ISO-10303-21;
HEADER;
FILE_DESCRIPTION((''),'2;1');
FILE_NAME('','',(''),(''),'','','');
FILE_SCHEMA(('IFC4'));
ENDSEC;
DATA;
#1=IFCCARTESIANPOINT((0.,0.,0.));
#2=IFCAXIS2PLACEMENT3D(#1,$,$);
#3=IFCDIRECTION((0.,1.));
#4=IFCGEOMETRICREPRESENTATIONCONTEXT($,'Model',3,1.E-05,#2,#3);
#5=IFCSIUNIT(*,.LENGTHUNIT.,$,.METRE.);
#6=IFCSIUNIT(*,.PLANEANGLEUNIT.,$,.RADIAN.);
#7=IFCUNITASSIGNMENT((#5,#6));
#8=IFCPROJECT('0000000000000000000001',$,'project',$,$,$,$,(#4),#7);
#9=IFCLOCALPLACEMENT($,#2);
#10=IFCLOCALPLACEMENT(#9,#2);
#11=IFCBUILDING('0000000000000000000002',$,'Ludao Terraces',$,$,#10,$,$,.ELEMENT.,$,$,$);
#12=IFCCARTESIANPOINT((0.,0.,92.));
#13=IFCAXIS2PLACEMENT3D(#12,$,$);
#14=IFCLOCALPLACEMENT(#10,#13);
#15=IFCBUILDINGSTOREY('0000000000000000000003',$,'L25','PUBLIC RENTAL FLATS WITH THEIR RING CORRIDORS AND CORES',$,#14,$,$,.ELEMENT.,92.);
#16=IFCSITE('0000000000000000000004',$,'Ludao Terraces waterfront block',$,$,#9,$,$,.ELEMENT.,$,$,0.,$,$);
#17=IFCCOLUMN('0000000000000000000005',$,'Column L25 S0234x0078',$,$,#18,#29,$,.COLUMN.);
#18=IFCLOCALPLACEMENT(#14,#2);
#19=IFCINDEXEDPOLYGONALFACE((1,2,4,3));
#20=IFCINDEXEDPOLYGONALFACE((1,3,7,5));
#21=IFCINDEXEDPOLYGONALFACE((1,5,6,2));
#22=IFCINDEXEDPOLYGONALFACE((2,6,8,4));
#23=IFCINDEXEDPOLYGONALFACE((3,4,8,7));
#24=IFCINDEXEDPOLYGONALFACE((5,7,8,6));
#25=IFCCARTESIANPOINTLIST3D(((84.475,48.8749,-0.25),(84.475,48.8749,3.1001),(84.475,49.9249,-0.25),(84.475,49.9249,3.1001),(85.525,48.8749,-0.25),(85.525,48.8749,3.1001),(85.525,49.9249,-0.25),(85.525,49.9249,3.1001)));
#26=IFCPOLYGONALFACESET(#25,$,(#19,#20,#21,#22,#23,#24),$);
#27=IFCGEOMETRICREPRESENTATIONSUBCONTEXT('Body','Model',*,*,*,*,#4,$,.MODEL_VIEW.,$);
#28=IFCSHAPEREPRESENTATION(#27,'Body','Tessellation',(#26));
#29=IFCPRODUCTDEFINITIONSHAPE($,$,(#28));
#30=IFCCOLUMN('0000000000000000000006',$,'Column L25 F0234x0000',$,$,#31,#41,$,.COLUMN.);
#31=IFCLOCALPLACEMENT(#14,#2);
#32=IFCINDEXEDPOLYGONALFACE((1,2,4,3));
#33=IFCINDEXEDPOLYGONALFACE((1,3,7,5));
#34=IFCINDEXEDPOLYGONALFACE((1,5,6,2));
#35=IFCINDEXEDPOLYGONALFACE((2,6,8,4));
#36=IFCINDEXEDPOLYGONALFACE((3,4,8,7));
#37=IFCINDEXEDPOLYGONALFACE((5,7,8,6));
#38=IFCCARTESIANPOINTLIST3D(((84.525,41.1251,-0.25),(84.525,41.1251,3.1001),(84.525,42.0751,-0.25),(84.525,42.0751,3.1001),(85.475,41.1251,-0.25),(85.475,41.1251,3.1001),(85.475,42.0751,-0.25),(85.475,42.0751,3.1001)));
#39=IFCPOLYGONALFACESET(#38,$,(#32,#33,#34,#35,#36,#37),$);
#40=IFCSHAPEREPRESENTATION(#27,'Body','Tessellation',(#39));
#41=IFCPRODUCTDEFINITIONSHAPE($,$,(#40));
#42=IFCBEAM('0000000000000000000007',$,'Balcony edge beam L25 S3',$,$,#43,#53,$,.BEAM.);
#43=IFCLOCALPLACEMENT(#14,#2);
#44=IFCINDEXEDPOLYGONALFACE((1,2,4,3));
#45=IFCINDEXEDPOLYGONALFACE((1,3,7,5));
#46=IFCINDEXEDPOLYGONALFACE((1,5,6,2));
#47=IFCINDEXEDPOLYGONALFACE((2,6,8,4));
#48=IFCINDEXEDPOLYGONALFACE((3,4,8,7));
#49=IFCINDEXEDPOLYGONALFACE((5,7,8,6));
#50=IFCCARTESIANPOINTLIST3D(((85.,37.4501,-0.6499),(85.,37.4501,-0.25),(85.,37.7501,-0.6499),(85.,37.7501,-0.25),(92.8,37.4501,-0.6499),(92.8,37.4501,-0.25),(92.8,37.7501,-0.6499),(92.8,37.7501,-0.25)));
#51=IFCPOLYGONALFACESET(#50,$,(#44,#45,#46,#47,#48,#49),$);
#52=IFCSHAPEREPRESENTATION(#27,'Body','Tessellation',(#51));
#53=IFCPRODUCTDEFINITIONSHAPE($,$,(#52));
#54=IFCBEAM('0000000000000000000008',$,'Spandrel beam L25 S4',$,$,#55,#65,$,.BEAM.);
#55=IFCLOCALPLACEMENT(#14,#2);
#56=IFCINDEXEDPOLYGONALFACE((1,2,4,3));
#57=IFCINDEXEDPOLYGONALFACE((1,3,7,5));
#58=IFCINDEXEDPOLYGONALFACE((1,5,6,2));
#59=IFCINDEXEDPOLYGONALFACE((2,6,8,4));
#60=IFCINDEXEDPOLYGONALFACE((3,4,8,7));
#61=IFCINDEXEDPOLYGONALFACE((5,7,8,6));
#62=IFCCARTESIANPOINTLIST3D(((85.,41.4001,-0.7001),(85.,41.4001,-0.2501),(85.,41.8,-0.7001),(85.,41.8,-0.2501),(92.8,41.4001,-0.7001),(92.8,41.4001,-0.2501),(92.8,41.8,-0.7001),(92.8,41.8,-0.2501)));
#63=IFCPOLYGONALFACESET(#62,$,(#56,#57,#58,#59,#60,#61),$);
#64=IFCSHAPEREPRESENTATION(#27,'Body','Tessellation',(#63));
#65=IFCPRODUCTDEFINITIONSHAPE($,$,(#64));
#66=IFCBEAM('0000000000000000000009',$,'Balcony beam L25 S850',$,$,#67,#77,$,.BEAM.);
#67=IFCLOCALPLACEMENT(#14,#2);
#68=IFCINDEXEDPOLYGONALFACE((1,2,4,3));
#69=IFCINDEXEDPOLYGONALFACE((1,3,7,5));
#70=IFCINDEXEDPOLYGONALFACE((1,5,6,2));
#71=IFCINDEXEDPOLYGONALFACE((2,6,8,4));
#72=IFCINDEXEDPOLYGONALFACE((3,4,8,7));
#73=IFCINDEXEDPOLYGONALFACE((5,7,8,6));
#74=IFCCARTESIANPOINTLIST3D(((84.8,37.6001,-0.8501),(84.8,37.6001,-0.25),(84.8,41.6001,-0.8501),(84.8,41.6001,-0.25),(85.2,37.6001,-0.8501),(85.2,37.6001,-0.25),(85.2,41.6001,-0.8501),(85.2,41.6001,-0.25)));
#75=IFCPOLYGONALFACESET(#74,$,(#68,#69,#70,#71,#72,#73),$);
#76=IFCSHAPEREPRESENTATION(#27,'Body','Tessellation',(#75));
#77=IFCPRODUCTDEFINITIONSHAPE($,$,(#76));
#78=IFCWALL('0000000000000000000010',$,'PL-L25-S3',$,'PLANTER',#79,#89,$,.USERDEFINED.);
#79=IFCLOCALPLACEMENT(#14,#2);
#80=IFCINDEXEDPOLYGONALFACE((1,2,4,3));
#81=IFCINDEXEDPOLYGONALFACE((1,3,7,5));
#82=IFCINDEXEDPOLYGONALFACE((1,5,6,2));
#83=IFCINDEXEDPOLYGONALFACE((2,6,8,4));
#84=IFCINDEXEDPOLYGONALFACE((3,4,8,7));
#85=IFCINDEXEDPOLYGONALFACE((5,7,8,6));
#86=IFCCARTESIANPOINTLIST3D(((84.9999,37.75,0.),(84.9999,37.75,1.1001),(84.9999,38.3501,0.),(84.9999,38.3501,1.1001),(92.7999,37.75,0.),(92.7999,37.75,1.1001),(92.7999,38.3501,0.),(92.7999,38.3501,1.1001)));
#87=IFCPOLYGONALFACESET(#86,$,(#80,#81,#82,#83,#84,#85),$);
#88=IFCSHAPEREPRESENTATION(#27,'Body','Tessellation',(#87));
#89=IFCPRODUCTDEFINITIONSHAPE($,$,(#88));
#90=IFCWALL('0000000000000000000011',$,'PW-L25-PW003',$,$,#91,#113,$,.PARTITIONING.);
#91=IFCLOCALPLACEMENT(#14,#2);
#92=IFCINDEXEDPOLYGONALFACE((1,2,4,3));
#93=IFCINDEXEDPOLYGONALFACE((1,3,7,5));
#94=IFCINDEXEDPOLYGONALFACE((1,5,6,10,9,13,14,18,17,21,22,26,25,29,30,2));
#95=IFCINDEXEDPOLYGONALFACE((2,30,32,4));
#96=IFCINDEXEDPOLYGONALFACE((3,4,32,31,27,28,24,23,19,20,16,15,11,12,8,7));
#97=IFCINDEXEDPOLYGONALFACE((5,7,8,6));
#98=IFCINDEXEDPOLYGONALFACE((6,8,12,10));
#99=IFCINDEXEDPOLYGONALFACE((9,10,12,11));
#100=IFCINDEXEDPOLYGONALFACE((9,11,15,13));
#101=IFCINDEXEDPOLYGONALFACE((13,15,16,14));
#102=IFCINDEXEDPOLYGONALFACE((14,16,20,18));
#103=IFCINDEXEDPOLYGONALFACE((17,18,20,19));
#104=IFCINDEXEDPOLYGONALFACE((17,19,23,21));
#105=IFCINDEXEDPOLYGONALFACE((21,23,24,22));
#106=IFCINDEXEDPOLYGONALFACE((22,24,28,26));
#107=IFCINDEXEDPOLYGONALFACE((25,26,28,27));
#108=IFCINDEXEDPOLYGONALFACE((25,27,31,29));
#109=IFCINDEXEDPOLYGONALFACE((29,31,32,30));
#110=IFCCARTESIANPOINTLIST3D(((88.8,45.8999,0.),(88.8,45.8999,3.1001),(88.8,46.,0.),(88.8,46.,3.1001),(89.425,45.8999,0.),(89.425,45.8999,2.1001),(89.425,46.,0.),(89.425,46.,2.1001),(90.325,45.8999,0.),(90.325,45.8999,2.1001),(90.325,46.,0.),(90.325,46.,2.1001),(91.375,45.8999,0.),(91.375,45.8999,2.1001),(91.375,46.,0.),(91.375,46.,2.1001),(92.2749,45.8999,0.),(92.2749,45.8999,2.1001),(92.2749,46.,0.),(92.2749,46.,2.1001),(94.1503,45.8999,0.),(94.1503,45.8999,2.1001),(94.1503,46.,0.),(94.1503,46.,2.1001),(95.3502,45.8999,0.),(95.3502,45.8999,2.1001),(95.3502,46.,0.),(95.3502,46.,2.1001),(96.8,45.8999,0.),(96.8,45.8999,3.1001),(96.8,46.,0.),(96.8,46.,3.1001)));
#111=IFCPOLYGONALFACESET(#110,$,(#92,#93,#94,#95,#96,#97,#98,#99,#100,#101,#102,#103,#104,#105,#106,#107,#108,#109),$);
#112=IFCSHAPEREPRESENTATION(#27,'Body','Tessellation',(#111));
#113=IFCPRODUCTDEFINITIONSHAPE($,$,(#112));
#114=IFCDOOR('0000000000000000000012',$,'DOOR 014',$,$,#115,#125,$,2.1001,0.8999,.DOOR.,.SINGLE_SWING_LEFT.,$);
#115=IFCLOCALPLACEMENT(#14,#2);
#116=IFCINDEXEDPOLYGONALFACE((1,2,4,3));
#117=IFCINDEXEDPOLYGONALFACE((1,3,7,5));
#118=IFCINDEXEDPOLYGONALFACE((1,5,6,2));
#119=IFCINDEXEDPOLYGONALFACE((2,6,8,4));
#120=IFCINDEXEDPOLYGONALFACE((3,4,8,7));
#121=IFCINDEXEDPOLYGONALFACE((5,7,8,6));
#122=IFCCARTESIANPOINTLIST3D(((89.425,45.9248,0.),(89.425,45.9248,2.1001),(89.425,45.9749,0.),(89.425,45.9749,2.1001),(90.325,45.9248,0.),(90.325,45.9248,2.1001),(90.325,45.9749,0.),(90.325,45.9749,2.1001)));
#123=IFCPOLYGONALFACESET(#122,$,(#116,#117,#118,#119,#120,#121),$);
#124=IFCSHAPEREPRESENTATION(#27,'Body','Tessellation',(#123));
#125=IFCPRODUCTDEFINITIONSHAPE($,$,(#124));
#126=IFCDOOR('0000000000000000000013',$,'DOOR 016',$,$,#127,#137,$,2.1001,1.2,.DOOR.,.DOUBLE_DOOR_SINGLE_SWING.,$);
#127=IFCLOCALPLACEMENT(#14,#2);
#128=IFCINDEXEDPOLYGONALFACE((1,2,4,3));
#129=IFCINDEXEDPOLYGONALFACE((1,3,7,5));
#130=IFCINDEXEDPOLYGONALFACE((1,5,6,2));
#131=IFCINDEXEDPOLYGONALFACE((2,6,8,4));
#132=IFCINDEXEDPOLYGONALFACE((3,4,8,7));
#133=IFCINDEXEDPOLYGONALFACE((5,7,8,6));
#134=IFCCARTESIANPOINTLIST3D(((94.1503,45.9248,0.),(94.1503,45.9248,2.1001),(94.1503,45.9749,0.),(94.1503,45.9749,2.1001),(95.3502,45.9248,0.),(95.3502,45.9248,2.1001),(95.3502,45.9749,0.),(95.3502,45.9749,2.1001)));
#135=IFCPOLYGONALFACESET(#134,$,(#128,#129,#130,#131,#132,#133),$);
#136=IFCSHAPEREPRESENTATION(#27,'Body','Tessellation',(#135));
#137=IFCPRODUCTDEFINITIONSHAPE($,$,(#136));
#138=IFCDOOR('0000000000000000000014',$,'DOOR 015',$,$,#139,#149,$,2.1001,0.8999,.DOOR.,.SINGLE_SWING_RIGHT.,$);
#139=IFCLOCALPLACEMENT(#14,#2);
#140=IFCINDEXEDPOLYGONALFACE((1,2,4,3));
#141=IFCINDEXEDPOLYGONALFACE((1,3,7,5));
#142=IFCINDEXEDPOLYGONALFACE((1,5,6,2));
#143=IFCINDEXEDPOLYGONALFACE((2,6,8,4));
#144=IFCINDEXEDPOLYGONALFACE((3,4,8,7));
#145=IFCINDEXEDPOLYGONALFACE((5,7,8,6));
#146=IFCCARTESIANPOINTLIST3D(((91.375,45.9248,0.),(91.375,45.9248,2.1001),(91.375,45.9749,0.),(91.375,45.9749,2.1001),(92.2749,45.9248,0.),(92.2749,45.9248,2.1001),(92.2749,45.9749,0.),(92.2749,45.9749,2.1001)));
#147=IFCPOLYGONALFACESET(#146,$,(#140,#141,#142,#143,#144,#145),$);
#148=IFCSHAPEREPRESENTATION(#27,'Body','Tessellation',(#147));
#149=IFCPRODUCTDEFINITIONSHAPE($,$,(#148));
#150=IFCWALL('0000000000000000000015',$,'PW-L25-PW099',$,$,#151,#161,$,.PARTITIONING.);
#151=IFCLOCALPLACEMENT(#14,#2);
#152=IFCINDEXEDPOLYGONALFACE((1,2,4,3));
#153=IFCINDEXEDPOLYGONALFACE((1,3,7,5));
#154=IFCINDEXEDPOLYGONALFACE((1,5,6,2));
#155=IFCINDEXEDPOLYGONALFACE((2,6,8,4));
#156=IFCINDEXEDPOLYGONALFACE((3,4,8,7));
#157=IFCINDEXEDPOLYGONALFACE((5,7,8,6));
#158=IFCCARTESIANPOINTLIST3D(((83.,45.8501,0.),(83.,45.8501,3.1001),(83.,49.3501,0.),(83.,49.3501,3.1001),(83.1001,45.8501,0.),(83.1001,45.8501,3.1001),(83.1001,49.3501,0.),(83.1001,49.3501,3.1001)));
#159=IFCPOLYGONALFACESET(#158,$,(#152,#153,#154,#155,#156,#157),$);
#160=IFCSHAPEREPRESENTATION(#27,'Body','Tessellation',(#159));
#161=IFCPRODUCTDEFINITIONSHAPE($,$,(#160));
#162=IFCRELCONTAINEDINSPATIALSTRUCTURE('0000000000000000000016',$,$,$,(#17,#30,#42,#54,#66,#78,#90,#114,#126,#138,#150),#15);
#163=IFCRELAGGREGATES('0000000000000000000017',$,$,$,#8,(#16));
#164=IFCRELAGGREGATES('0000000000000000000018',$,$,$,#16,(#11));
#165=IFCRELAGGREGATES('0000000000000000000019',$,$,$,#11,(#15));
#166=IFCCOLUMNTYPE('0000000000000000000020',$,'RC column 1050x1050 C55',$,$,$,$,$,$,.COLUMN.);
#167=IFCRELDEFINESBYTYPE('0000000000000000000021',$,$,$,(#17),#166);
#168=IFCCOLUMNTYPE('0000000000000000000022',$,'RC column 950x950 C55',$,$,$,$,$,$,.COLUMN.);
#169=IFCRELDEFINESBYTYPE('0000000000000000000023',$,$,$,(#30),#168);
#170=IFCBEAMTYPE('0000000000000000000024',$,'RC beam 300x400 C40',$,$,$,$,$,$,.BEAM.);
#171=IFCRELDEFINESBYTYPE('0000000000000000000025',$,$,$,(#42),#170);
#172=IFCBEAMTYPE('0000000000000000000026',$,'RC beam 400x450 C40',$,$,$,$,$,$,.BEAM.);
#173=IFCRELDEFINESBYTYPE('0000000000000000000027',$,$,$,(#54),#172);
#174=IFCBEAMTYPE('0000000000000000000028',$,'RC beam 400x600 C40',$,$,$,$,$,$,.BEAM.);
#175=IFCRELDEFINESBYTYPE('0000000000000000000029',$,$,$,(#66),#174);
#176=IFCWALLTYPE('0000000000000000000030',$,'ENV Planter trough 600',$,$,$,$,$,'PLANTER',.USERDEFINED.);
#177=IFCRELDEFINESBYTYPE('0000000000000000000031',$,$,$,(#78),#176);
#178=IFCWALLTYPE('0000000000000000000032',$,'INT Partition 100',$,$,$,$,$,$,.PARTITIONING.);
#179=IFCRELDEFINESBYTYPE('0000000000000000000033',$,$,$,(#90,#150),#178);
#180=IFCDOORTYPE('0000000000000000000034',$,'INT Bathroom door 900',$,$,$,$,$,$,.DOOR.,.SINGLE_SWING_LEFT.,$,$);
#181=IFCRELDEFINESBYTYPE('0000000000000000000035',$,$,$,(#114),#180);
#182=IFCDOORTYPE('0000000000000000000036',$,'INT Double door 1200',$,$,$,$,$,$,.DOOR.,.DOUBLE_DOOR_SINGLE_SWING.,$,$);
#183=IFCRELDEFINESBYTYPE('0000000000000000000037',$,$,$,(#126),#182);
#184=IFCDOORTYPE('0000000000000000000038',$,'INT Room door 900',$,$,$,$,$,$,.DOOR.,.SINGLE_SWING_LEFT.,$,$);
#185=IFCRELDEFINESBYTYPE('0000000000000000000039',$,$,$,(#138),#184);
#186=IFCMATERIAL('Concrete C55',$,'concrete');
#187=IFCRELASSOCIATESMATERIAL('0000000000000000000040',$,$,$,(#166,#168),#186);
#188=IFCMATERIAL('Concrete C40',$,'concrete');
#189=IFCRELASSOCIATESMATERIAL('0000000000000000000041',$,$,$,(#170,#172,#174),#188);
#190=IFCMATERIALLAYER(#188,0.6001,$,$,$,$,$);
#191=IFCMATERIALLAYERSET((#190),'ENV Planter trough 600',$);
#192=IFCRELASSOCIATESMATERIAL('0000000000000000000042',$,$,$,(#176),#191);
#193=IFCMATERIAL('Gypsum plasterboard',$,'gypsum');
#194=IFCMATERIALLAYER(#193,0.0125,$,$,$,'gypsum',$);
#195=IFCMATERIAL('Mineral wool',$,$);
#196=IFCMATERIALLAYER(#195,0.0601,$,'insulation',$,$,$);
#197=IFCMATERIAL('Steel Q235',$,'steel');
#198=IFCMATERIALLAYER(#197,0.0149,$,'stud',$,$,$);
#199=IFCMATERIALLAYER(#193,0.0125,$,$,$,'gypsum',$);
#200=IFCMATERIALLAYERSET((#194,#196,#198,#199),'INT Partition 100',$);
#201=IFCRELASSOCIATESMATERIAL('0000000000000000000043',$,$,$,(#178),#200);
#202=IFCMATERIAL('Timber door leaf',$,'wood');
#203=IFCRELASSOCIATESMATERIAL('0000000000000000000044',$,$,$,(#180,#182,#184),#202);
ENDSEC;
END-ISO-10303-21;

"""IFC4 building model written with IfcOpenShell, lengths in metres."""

from ifc_helpers import new_model, si_unit, direction, frame, frame_2d, origin, origin_2d, place, context, subcontext, project, spatial, rectangle, extrude, material, layer, layer_set, material_profile, profile_set, type_object, element, fill, save


model = new_model("IFC4")

# Units and contexts
model_context = context("Model", 3, precision=1e-05, world=origin(), true_north=direction((0.0, 1.0)))
body_context = subcontext(model_context, "Body", "Model", "MODEL_VIEW")
ifc_project = project(units=[si_unit("LENGTHUNIT", "METRE"), si_unit("PLANEANGLEUNIT", "RADIAN")], contexts=[model_context])

# Site, building, storey
site_placement = place(None, origin())
site = spatial("IfcSite", under=ifc_project, at=site_placement, Name="Ludao Terraces waterfront block", CompositionType="ELEMENT", RefElevation=0.0)
building_placement = place(site_placement, origin())
building = spatial("IfcBuilding", under=site, at=building_placement, Name="Ludao Terraces", CompositionType="ELEMENT")
storey_placement = place(building_placement, frame((0.0, 0.0, 92.0)))
storey = spatial("IfcBuildingStorey", under=building, at=storey_placement, Name="L25", Description="PUBLIC RENTAL FLATS WITH THEIR RING CORRIDORS AND CORES", CompositionType="ELEMENT", Elevation=92.0)

# Columns
ifc_material_1 = material(Name="Concrete C55", Category="concrete")
ifc_material_profile_1 = material_profile(ifc_material_1, rectangle(XDim=1.05, YDim=1.05, at=origin_2d()), Name="1050 X 1050")
ifc_profile_set_1 = profile_set([ifc_material_profile_1], Name="Concrete C55")
column_type_1 = type_object("IfcColumnType", Name="RC column 1050x1050 C55", PredefinedType="COLUMN", material=ifc_profile_set_1)
column_1_placement = place(storey_placement, frame((85.0, 49.3999, -0.25), z_axis=(0.0, 0.0, 1.0), x_axis=(1.0, 0.0, 0.0)))
element("IfcColumn", 1, at=column_1_placement, inside=storey, type_object=column_type_1, Name="Column L25 S0234x0078", PredefinedType="COLUMN", context=body_context, shape_type="SweptSolid", body=[
    extrude(rectangle(XDim=1.05, YDim=1.05, at=origin_2d()), origin(), (0.0, 0.0, 1.0), 3.3501),
])
ifc_material_profile_2 = material_profile(ifc_material_1, rectangle(XDim=0.95, YDim=0.95, at=origin_2d()), Name="950 X 950")
ifc_profile_set_2 = profile_set([ifc_material_profile_2], Name="Concrete C55")
column_type_2 = type_object("IfcColumnType", Name="RC column 950x950 C55", PredefinedType="COLUMN", material=ifc_profile_set_2)
column_2_placement = place(storey_placement, frame((85.0, 41.6001, -0.25), z_axis=(0.0, 0.0, 1.0), x_axis=(1.0, 0.0, 0.0)))
element("IfcColumn", 2, at=column_2_placement, inside=storey, type_object=column_type_2, Name="Column L25 F0234x0000", PredefinedType="COLUMN", context=body_context, shape_type="SweptSolid", body=[
    extrude(rectangle(XDim=0.95, YDim=0.95, at=origin_2d()), origin(), (0.0, 0.0, 1.0), 3.3501),
])

# Beams
ifc_material_2 = material(Name="Concrete C40", Category="concrete")
ifc_material_profile_3 = material_profile(ifc_material_2, rectangle(XDim=0.3, YDim=0.3999, at=origin_2d()), Name="300 X 400")
ifc_profile_set_3 = profile_set([ifc_material_profile_3], Name="Concrete C40")
beam_type_1 = type_object("IfcBeamType", Name="RC beam 300x400 C40", PredefinedType="BEAM", material=ifc_profile_set_3)
beam_1_placement = place(storey_placement, frame((85.0, 37.6001, -0.45), z_axis=(1.0, 0.0, 0.0), x_axis=(0.0, 1.0, 0.0)))
element("IfcBeam", 3, at=beam_1_placement, inside=storey, type_object=beam_type_1, Name="Balcony edge beam L25 S3", PredefinedType="BEAM", context=body_context, shape_type="SweptSolid", body=[
    extrude(rectangle(XDim=0.3, YDim=0.3999, at=origin_2d()), origin(), (0.0, 0.0, 1.0), 7.8),
])
ifc_material_profile_4 = material_profile(ifc_material_2, rectangle(XDim=0.3999, YDim=0.45, at=origin_2d()), Name="400 X 450")
ifc_profile_set_4 = profile_set([ifc_material_profile_4], Name="Concrete C40")
beam_type_2 = type_object("IfcBeamType", Name="RC beam 400x450 C40", PredefinedType="BEAM", material=ifc_profile_set_4)
beam_2_placement = place(storey_placement, frame((85.0, 41.6001, -0.4751), z_axis=(1.0, 0.0, 0.0), x_axis=(0.0, 1.0, 0.0)))
element("IfcBeam", 4, at=beam_2_placement, inside=storey, type_object=beam_type_2, Name="Spandrel beam L25 S4", PredefinedType="BEAM", context=body_context, shape_type="SweptSolid", body=[
    extrude(rectangle(XDim=0.3999, YDim=0.45, at=origin_2d()), origin(), (0.0, 0.0, 1.0), 7.8),
])
ifc_material_profile_5 = material_profile(ifc_material_2, rectangle(XDim=0.3999, YDim=0.6001, at=origin_2d()), Name="400 X 600")
ifc_profile_set_5 = profile_set([ifc_material_profile_5], Name="Concrete C40")
beam_type_3 = type_object("IfcBeamType", Name="RC beam 400x600 C40", PredefinedType="BEAM", material=ifc_profile_set_5)
beam_3_placement = place(storey_placement, frame((85.0, 41.6001, -0.55), z_axis=(0.0, -1.0, 0.0), x_axis=(1.0, 0.0, 0.0)))
element("IfcBeam", 5, at=beam_3_placement, inside=storey, type_object=beam_type_3, Name="Balcony beam L25 S850", PredefinedType="BEAM", context=body_context, shape_type="SweptSolid", body=[
    extrude(rectangle(XDim=0.3999, YDim=0.6001, at=origin_2d()), origin(), (0.0, 0.0, 1.0), 4.0),
])

# Wall
ifc_layer_1 = layer(ifc_material_2, 0.6001)
ifc_layer_set_1 = layer_set([ifc_layer_1], Name="ENV Planter trough 600")
wall_type_1 = type_object("IfcWallType", Name="ENV Planter trough 600", ElementType="PLANTER", PredefinedType="USERDEFINED", material=ifc_layer_set_1)
wall_1_placement = place(storey_placement, frame((85.0, 38.05, 0.0), z_axis=(0.0, 0.0, 1.0), x_axis=(1.0, 0.0, 0.0)))
element("IfcWall", 6, at=wall_1_placement, inside=storey, type_object=wall_type_1, Name="PL-L25-S3", ObjectType="PLANTER", PredefinedType="USERDEFINED", context=body_context, shape_type="SweptSolid", body=[
    extrude(rectangle(XDim=7.8, YDim=0.6001, at=frame_2d((3.8999, 0.0))), origin(), (0.0, 0.0, 1.0), 1.1001),
])

# Shared definitions
ifc_material_3 = material(Name="Mineral wool")

# Wall, openings, doors
ifc_material_4 = material(Name="Gypsum plasterboard", Category="gypsum")
ifc_layer_2 = layer(ifc_material_4, 0.0125, Category="gypsum")
ifc_layer_3 = layer(ifc_material_3, 0.0601, Name="insulation")
ifc_material_5 = material(Name="Steel Q235", Category="steel")
ifc_layer_4 = layer(ifc_material_5, 0.0149, Name="stud")
ifc_layer_5 = layer(ifc_material_4, 0.0125, Category="gypsum")
ifc_layer_set_2 = layer_set([ifc_layer_2, ifc_layer_3, ifc_layer_4, ifc_layer_5], Name="INT Partition 100")
wall_type_2 = type_object("IfcWallType", Name="INT Partition 100", PredefinedType="PARTITIONING", material=ifc_layer_set_2)
wall_2_placement = place(storey_placement, frame((88.8, 45.95, 0.0), z_axis=(0.0, 0.0, 1.0), x_axis=(1.0, 0.0, 0.0)))
wall_2 = element("IfcWall", 7, at=wall_2_placement, inside=storey, type_object=wall_type_2, Name="PW-L25-PW003", PredefinedType="PARTITIONING", context=body_context, shape_type="SweptSolid", body=[
    extrude(rectangle(XDim=8.0, YDim=0.1001, at=frame_2d((4.0, 0.0))), origin(), (0.0, 0.0, 1.0), 3.1001),
])
opening_1_placement = place(wall_2_placement, frame((0.625, 0.0, 0.0)))
opening_1 = element("IfcOpeningElement", 8, at=opening_1_placement, cuts=wall_2, PredefinedType="OPENING", context=body_context, shape_type="SweptSolid", body=[
    extrude(rectangle(XDim=0.8999, YDim=2.1001, at=frame_2d((0.45, 1.05))), frame((0.0, 0.0601, 0.0), z_axis=(0.0, -1.0, 0.0), x_axis=(1.0, 0.0, 0.0)), (0.0, 0.0, 1.0), 0.1201),
])
opening_2_placement = place(wall_2_placement, frame((2.575, 0.0, 0.0)))
opening_2 = element("IfcOpeningElement", 9, at=opening_2_placement, cuts=wall_2, PredefinedType="OPENING", context=body_context, shape_type="SweptSolid", body=[
    extrude(rectangle(XDim=0.8999, YDim=2.1001, at=frame_2d((0.45, 1.05))), frame((0.0, 0.0601, 0.0), z_axis=(0.0, -1.0, 0.0), x_axis=(1.0, 0.0, 0.0)), (0.0, 0.0, 1.0), 0.1201),
])
opening_3_placement = place(wall_2_placement, frame((5.3501, 0.0, 0.0)))
opening_3 = element("IfcOpeningElement", 10, at=opening_3_placement, cuts=wall_2, PredefinedType="OPENING", context=body_context, shape_type="SweptSolid", body=[
    extrude(rectangle(XDim=1.2, YDim=2.1001, at=frame_2d((0.6001, 1.05))), frame((0.0, 0.0601, 0.0), z_axis=(0.0, -1.0, 0.0), x_axis=(1.0, 0.0, 0.0)), (0.0, 0.0, 1.0), 0.1201),
])
ifc_material_6 = material(Name="Timber door leaf", Category="wood")
door_type_1 = type_object("IfcDoorType", Name="INT Bathroom door 900", OperationType="SINGLE_SWING_LEFT", PredefinedType="DOOR", material=ifc_material_6)
door_1_placement = place(opening_1_placement, origin())
door_1 = element("IfcDoor", 11, at=door_1_placement, inside=storey, type_object=door_type_1, Name="DOOR 014", OperationType="SINGLE_SWING_LEFT", OverallHeight=2.1001, OverallWidth=0.8999, PredefinedType="DOOR", context=body_context, shape_type="SweptSolid", body=[
    extrude(rectangle(XDim=0.8999, YDim=2.1001, at=frame_2d((0.45, 1.05))), frame((0.0, 0.0249, 0.0), z_axis=(0.0, -1.0, 0.0), x_axis=(1.0, 0.0, 0.0)), (0.0, 0.0, 1.0), 0.05),
])
fill(opening_1, door_1)
door_type_2 = type_object("IfcDoorType", Name="INT Double door 1200", OperationType="DOUBLE_DOOR_SINGLE_SWING", PredefinedType="DOOR", material=ifc_material_6)
door_2_placement = place(opening_3_placement, origin())
door_2 = element("IfcDoor", 12, at=door_2_placement, inside=storey, type_object=door_type_2, Name="DOOR 016", OperationType="DOUBLE_DOOR_SINGLE_SWING", OverallHeight=2.1001, OverallWidth=1.2, PredefinedType="DOOR", context=body_context, shape_type="SweptSolid", body=[
    extrude(rectangle(XDim=1.2, YDim=2.1001, at=frame_2d((0.6001, 1.05))), frame((0.0, 0.0249, 0.0), z_axis=(0.0, -1.0, 0.0), x_axis=(1.0, 0.0, 0.0)), (0.0, 0.0, 1.0), 0.05),
])
fill(opening_3, door_2)
door_type_3 = type_object("IfcDoorType", Name="INT Room door 900", OperationType="SINGLE_SWING_LEFT", PredefinedType="DOOR", material=ifc_material_6)
door_3_placement = place(opening_2_placement, origin())
door_3 = element("IfcDoor", 13, at=door_3_placement, inside=storey, type_object=door_type_3, Name="DOOR 015", OperationType="SINGLE_SWING_RIGHT", OverallHeight=2.1001, OverallWidth=0.8999, PredefinedType="DOOR", context=body_context, shape_type="SweptSolid", body=[
    extrude(rectangle(XDim=0.8999, YDim=2.1001, at=frame_2d((0.45, 1.05))), frame((0.0, 0.0249, 0.0), z_axis=(0.0, -1.0, 0.0), x_axis=(1.0, 0.0, 0.0)), (0.0, 0.0, 1.0), 0.05),
])
fill(opening_2, door_3)

# Wall
wall_3_placement = place(storey_placement, frame((83.05, 45.8501, 0.0), z_axis=(0.0, 0.0, 1.0), x_axis=(0.0, 1.0, 0.0)))
element("IfcWall", 14, at=wall_3_placement, inside=storey, type_object=wall_type_2, Name="PW-L25-PW099", PredefinedType="PARTITIONING", context=body_context, shape_type="SweptSolid", body=[
    extrude(rectangle(XDim=3.5, YDim=0.1001, at=frame_2d((1.75, 0.0))), origin(), (0.0, 0.0, 1.0), 3.1001),
])

save(model, "model.ifc")
